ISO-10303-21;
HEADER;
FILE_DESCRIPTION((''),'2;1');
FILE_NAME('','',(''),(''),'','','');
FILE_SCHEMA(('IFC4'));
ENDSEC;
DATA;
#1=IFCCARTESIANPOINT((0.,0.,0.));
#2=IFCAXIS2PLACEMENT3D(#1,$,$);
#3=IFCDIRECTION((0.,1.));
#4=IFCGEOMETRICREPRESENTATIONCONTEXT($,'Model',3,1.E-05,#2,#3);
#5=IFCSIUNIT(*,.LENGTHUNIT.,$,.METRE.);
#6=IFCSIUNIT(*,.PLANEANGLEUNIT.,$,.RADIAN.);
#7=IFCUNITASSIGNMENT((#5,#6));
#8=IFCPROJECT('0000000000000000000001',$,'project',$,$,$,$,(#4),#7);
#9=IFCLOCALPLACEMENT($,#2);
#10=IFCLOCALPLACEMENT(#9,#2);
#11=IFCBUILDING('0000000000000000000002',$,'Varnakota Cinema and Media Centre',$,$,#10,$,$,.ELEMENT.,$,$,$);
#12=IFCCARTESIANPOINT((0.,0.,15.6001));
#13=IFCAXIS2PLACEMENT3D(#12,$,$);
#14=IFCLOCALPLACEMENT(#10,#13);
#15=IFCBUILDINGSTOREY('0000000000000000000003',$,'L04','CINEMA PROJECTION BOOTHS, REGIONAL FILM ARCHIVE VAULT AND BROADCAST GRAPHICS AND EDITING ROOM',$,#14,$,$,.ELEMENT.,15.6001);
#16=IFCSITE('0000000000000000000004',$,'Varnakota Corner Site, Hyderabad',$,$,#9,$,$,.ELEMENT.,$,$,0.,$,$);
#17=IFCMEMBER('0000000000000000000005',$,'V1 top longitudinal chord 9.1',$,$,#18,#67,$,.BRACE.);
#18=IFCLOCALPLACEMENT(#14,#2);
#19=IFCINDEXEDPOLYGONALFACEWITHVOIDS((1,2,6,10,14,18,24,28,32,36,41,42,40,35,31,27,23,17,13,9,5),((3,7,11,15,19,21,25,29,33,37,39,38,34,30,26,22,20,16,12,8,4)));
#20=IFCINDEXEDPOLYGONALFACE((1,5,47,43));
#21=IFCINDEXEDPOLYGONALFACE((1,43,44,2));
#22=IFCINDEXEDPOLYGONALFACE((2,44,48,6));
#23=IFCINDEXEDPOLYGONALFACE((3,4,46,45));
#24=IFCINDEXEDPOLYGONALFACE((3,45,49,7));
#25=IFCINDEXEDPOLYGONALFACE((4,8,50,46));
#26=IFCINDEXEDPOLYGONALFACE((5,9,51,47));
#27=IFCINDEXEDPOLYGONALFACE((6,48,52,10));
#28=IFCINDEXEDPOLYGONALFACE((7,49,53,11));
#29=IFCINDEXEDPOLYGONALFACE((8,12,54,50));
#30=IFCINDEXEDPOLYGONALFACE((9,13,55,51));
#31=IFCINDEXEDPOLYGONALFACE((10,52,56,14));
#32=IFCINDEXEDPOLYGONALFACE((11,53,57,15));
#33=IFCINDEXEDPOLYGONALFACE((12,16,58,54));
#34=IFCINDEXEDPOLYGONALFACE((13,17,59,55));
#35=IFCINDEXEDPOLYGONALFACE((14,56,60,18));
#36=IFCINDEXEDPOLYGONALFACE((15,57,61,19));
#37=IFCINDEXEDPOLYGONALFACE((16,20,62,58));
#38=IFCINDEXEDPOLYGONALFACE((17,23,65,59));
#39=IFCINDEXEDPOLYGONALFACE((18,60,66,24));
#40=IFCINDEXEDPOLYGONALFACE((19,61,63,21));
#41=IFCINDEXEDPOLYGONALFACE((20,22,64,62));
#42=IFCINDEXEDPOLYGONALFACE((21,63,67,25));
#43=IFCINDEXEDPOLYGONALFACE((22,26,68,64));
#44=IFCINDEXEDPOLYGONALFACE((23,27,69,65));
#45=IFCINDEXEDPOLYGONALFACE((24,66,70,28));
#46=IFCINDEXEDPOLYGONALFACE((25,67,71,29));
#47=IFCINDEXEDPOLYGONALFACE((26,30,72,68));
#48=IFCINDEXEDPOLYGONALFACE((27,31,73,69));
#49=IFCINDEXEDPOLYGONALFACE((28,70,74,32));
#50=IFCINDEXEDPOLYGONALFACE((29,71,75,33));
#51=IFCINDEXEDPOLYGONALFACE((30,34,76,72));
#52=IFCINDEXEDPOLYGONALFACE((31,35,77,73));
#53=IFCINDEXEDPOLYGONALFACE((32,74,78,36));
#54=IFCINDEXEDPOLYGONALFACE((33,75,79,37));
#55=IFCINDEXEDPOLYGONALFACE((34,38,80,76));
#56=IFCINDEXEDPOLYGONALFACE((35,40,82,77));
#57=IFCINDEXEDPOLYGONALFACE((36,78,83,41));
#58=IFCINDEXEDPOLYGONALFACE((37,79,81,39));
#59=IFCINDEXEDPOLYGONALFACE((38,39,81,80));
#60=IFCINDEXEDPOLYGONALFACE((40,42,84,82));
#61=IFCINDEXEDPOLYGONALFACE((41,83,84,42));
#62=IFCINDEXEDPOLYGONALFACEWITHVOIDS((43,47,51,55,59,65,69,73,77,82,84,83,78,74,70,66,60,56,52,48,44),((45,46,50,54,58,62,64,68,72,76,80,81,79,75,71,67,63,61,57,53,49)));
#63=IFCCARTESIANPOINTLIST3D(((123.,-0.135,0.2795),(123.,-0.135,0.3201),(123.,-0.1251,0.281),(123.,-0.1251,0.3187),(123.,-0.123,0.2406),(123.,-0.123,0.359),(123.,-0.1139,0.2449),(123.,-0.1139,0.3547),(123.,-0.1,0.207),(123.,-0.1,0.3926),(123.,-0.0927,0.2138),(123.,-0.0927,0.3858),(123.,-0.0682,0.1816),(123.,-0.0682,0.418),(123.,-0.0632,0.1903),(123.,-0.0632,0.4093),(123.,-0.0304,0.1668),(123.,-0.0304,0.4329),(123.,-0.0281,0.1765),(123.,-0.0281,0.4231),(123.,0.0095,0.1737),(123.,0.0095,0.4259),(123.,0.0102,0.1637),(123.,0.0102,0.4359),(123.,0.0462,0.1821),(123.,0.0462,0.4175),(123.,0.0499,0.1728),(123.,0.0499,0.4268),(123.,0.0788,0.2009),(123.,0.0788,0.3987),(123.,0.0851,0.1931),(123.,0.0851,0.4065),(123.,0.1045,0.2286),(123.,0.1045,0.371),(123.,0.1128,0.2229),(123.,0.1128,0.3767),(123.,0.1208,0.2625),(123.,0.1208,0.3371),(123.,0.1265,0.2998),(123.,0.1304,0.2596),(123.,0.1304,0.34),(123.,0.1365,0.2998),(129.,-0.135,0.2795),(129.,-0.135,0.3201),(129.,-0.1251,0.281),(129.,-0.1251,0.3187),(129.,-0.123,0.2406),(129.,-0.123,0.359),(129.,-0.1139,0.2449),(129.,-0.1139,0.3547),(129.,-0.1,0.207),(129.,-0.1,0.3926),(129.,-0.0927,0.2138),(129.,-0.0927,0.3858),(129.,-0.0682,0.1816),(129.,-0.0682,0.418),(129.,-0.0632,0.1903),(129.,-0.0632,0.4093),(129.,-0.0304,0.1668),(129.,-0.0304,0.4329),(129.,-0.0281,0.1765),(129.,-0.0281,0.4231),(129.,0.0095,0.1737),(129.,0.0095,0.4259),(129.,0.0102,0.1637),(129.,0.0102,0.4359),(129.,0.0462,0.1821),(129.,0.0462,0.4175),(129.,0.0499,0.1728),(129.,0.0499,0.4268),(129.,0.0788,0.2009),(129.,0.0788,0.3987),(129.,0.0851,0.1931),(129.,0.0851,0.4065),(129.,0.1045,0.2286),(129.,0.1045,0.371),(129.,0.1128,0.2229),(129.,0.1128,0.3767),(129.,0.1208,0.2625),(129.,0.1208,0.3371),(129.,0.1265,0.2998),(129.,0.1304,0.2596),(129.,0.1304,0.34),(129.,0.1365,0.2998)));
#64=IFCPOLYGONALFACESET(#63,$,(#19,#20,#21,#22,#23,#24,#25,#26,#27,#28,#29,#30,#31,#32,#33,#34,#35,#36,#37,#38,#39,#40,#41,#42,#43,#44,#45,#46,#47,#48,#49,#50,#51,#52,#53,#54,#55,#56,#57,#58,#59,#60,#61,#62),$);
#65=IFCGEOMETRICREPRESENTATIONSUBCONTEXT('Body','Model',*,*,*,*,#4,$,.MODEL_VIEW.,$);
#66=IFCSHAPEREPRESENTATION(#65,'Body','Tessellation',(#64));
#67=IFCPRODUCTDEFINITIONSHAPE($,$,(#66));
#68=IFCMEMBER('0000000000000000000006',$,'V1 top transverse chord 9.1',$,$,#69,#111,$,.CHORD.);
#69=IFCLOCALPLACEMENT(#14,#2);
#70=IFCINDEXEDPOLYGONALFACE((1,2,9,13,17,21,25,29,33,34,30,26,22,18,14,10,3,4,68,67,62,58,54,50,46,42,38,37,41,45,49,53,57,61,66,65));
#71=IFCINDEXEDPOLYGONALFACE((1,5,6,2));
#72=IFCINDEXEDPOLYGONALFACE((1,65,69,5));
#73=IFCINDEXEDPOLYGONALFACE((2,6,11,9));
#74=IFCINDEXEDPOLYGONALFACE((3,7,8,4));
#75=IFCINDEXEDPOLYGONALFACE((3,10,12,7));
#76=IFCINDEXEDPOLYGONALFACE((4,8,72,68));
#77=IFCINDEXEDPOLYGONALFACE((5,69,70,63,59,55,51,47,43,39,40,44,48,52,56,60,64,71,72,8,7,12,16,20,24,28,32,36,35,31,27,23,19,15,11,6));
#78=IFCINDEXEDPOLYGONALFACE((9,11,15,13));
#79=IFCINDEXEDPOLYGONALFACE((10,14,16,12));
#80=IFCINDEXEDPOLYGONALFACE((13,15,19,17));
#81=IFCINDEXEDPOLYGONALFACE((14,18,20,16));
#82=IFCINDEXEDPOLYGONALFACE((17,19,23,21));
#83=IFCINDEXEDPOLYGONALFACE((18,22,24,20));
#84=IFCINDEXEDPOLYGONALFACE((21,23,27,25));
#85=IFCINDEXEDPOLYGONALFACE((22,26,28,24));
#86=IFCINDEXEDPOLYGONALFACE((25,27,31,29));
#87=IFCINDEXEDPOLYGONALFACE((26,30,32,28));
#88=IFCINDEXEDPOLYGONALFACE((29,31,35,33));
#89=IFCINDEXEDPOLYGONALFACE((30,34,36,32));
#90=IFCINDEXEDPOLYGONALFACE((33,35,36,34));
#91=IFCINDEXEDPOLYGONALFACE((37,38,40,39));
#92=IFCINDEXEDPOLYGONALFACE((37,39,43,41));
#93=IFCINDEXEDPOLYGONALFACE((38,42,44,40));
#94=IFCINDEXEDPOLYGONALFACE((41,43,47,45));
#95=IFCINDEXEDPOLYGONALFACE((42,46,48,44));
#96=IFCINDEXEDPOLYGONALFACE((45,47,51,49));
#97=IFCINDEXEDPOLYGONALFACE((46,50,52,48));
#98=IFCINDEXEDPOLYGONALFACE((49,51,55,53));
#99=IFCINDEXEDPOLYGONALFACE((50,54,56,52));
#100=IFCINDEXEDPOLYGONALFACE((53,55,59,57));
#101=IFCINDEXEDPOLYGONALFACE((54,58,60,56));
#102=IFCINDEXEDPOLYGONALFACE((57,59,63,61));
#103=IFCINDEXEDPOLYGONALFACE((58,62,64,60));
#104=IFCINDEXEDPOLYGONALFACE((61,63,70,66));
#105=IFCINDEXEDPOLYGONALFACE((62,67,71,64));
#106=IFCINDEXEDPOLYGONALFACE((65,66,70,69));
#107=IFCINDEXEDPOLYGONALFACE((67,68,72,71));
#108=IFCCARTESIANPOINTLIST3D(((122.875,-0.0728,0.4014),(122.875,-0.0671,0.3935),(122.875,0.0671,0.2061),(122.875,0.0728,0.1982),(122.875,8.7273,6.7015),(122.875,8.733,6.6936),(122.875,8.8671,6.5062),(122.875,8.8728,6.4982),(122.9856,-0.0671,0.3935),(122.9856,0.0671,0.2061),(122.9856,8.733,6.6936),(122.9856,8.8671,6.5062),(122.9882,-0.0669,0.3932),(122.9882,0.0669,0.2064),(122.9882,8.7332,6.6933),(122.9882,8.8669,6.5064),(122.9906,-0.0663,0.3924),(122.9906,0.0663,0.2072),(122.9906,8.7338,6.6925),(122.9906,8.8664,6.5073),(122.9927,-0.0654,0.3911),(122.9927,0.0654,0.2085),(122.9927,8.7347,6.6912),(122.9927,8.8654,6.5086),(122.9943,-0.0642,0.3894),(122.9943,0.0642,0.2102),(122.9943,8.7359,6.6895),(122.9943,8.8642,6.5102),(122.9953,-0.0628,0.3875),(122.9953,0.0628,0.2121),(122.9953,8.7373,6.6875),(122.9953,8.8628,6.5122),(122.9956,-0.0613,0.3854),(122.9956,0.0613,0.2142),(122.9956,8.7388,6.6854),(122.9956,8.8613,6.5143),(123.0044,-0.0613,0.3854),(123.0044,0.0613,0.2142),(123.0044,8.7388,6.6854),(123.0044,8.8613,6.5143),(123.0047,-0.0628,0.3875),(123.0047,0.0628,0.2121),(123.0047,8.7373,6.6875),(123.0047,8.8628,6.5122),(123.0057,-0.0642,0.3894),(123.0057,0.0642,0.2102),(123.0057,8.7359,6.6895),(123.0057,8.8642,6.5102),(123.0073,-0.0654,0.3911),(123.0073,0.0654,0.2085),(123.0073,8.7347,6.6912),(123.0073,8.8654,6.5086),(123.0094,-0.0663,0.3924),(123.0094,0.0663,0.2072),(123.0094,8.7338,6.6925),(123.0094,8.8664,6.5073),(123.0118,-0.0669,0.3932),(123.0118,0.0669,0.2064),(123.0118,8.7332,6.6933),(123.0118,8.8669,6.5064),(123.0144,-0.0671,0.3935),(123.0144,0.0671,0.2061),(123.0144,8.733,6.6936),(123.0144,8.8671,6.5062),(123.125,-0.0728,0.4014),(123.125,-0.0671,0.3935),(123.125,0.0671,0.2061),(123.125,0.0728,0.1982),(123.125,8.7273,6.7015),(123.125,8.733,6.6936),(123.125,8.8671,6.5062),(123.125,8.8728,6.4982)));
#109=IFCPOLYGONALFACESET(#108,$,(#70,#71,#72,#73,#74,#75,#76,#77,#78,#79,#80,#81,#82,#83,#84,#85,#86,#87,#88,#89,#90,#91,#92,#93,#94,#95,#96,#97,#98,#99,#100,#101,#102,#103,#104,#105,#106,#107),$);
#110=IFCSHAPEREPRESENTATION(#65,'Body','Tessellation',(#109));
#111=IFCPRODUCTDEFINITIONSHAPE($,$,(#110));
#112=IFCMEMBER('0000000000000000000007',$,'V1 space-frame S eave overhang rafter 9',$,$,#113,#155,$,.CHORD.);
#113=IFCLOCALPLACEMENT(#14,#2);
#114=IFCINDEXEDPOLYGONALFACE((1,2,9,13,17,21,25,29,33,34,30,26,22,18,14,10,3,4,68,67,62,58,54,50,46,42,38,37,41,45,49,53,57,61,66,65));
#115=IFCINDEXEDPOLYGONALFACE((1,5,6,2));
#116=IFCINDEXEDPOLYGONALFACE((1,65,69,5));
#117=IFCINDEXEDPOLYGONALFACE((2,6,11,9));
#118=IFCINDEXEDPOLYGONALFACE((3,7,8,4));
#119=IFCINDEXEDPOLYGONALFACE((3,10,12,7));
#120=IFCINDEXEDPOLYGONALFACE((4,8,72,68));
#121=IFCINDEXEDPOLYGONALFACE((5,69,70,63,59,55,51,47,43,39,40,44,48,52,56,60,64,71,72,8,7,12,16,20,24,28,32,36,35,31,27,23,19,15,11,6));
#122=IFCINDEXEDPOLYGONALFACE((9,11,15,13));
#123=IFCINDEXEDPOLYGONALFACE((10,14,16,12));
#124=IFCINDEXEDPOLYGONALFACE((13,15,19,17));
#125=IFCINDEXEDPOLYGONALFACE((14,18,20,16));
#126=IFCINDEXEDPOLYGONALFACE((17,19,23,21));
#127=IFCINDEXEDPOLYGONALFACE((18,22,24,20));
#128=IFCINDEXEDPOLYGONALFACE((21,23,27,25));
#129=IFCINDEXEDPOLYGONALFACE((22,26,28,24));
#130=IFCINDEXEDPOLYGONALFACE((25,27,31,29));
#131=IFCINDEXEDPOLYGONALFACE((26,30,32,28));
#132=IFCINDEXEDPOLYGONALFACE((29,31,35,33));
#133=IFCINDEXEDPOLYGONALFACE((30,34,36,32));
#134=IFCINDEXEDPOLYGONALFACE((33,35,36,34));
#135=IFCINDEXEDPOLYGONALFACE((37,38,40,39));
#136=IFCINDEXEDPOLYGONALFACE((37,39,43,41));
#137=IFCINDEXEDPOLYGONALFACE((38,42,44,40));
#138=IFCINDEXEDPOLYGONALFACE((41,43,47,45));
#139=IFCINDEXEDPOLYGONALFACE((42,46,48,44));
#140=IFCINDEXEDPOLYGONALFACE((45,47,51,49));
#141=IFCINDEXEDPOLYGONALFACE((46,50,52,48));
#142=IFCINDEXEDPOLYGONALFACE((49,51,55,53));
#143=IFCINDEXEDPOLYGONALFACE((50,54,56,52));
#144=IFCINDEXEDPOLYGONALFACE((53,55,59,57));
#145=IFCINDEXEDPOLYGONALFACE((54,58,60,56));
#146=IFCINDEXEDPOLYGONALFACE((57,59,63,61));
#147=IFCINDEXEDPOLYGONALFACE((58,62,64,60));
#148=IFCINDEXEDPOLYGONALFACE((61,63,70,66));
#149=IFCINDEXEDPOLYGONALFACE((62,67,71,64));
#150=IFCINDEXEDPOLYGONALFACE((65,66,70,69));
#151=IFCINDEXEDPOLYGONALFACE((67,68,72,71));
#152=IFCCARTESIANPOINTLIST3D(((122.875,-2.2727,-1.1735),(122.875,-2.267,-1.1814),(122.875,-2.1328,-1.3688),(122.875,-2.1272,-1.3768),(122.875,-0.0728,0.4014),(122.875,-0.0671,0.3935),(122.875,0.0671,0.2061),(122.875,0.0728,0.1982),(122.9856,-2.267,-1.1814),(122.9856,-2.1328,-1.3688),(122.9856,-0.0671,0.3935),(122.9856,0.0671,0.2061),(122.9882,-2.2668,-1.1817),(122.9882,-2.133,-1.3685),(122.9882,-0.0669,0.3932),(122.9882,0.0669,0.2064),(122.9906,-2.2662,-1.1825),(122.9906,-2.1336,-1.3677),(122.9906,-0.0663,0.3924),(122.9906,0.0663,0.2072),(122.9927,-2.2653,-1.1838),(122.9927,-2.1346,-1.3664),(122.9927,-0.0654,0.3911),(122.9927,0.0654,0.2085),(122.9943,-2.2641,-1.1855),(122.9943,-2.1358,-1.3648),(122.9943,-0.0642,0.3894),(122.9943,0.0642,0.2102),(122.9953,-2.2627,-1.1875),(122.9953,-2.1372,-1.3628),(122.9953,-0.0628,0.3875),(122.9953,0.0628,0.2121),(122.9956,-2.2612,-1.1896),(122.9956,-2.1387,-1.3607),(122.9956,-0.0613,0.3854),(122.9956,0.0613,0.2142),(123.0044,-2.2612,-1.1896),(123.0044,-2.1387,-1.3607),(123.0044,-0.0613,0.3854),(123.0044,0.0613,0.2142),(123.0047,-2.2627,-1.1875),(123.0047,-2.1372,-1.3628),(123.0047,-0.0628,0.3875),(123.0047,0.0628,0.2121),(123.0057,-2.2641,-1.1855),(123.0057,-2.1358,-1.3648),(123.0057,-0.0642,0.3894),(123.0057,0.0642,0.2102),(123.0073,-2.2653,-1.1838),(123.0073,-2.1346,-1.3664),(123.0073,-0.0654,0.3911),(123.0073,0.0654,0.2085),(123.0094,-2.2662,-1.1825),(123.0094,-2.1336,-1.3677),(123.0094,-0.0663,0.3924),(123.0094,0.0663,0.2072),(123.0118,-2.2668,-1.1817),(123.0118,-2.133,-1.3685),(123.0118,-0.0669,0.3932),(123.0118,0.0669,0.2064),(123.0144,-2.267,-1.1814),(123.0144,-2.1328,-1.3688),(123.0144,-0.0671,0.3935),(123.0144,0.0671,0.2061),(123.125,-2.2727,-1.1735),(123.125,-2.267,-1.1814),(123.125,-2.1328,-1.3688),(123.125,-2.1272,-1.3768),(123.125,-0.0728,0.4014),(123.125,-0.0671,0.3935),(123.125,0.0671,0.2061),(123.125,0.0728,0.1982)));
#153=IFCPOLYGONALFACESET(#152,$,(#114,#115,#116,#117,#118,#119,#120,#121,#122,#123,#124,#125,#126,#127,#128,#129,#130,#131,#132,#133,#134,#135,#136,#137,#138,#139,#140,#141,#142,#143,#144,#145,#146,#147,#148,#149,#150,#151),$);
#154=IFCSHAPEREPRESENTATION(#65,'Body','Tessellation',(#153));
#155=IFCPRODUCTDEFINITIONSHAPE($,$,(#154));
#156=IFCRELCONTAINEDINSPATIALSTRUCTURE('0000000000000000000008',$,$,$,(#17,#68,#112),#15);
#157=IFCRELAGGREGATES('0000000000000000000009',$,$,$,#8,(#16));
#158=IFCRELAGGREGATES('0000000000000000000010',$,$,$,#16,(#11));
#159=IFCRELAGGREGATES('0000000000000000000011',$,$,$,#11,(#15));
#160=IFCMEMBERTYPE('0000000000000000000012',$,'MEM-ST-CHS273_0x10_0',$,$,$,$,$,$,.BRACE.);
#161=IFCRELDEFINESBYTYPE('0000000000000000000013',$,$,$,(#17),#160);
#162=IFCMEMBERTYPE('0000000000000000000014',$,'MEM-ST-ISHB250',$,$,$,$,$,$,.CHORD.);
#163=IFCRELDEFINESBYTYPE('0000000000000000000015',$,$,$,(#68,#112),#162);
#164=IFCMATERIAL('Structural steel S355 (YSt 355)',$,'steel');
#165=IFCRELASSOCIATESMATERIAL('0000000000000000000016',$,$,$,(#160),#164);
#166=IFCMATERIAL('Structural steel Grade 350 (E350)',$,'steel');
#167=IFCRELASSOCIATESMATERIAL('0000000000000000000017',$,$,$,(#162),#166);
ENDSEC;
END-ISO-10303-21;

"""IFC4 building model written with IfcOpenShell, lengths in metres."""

from ifc_helpers import new_model, si_unit, direction, frame, origin, origin_2d, place, context, subcontext, project, spatial, hollow_circle, i_section, extrude, material, material_profile, profile_set, type_object, element, save


model = new_model("IFC4")

# Units and contexts
model_context = context("Model", 3, precision=1e-05, world=origin(), true_north=direction((0.0, 1.0)))
body_context = subcontext(model_context, "Body", "Model", "MODEL_VIEW")
ifc_project = project(units=[si_unit("LENGTHUNIT", "METRE"), si_unit("PLANEANGLEUNIT", "RADIAN")], contexts=[model_context])

# Site, building, storey
site_placement = place(None, origin())
site = spatial("IfcSite", under=ifc_project, at=site_placement, Name="Varnakota Corner Site, Hyderabad", CompositionType="ELEMENT", RefElevation=0.0)
building_placement = place(site_placement, origin())
building = spatial("IfcBuilding", under=site, at=building_placement, Name="Varnakota Cinema and Media Centre", CompositionType="ELEMENT")
storey_placement = place(building_placement, frame((0.0, 0.0, 15.6001)))
storey = spatial("IfcBuildingStorey", under=building, at=storey_placement, Name="L04", Description="CINEMA PROJECTION BOOTHS, REGIONAL FILM ARCHIVE VAULT AND BROADCAST GRAPHICS AND EDITING ROOM", CompositionType="ELEMENT", Elevation=15.6001)

# Members
ifc_material_1 = material(Name="Structural steel S355 (YSt 355)", Category="steel")
ifc_material_profile_1 = material_profile(ifc_material_1, hollow_circle(Radius=0.1365, WallThickness=0.01, at=origin_2d()), Name="CHS 273.0x10.0")
ifc_profile_set_1 = profile_set([ifc_material_profile_1], Name="Structural steel S355 (YSt 355)")
member_type_1 = type_object("IfcMemberType", Name="MEM-ST-CHS273_0x10_0", PredefinedType="BRACE", material=ifc_profile_set_1)
member_1_placement = place(storey_placement, frame((123.0, 0.0, 0.2998), z_axis=(1.0, 0.0, 0.0), x_axis=(0.0, 1.0, 0.0)))
element("IfcMember", 1, at=member_1_placement, inside=storey, type_object=member_type_1, Name="V1 top longitudinal chord 9.1", PredefinedType="BRACE", context=body_context, shape_type="SweptSolid", body=[
    extrude(hollow_circle(Radius=0.1365, WallThickness=0.01, at=origin_2d()), origin(), (0.0, 0.0, 1.0), 6.0),
])
ifc_material_2 = material(Name="Structural steel Grade 350 (E350)", Category="steel")
ifc_material_profile_2 = material_profile(ifc_material_2, i_section(OverallWidth=0.25, OverallDepth=0.25, WebThickness=0.0088, FlangeThickness=0.0098, FilletRadius=0.01, at=origin_2d()), Name="ISHB 250")
ifc_profile_set_2 = profile_set([ifc_material_profile_2], Name="Structural steel Grade 350 (E350)")
member_type_2 = type_object("IfcMemberType", Name="MEM-ST-ISHB250", PredefinedType="CHORD", material=ifc_profile_set_2)
member_2_placement = place(storey_placement, frame((123.0, 0.0, 0.2998), z_axis=(0.0, 0.813108, 0.582113), x_axis=(-1.0, 0.0, 0.0)))
element("IfcMember", 2, at=member_2_placement, inside=storey, type_object=member_type_2, Name="V1 top transverse chord 9.1", PredefinedType="CHORD", context=body_context, shape_type="SweptSolid", body=[
    extrude(i_section(OverallWidth=0.25, OverallDepth=0.25, WebThickness=0.0088, FlangeThickness=0.0098, FilletRadius=0.01, at=origin_2d()), origin(), (0.0, 0.0, 1.0), 10.8228),
])
member_3_placement = place(storey_placement, frame((123.0, 0.0, 0.2998), z_axis=(0.0, -0.813111, -0.582109), x_axis=(1.0, 0.0, 0.0)))
element("IfcMember", 3, at=member_3_placement, inside=storey, type_object=member_type_2, Name="V1 space-frame S eave overhang rafter 9", PredefinedType="CHORD", context=body_context, shape_type="SweptSolid", body=[
    extrude(i_section(OverallWidth=0.25, OverallDepth=0.25, WebThickness=0.0088, FlangeThickness=0.0098, FilletRadius=0.01, at=origin_2d()), origin(), (0.0, 0.0, 1.0), 2.7056),
])

save(model, "model.ifc")
